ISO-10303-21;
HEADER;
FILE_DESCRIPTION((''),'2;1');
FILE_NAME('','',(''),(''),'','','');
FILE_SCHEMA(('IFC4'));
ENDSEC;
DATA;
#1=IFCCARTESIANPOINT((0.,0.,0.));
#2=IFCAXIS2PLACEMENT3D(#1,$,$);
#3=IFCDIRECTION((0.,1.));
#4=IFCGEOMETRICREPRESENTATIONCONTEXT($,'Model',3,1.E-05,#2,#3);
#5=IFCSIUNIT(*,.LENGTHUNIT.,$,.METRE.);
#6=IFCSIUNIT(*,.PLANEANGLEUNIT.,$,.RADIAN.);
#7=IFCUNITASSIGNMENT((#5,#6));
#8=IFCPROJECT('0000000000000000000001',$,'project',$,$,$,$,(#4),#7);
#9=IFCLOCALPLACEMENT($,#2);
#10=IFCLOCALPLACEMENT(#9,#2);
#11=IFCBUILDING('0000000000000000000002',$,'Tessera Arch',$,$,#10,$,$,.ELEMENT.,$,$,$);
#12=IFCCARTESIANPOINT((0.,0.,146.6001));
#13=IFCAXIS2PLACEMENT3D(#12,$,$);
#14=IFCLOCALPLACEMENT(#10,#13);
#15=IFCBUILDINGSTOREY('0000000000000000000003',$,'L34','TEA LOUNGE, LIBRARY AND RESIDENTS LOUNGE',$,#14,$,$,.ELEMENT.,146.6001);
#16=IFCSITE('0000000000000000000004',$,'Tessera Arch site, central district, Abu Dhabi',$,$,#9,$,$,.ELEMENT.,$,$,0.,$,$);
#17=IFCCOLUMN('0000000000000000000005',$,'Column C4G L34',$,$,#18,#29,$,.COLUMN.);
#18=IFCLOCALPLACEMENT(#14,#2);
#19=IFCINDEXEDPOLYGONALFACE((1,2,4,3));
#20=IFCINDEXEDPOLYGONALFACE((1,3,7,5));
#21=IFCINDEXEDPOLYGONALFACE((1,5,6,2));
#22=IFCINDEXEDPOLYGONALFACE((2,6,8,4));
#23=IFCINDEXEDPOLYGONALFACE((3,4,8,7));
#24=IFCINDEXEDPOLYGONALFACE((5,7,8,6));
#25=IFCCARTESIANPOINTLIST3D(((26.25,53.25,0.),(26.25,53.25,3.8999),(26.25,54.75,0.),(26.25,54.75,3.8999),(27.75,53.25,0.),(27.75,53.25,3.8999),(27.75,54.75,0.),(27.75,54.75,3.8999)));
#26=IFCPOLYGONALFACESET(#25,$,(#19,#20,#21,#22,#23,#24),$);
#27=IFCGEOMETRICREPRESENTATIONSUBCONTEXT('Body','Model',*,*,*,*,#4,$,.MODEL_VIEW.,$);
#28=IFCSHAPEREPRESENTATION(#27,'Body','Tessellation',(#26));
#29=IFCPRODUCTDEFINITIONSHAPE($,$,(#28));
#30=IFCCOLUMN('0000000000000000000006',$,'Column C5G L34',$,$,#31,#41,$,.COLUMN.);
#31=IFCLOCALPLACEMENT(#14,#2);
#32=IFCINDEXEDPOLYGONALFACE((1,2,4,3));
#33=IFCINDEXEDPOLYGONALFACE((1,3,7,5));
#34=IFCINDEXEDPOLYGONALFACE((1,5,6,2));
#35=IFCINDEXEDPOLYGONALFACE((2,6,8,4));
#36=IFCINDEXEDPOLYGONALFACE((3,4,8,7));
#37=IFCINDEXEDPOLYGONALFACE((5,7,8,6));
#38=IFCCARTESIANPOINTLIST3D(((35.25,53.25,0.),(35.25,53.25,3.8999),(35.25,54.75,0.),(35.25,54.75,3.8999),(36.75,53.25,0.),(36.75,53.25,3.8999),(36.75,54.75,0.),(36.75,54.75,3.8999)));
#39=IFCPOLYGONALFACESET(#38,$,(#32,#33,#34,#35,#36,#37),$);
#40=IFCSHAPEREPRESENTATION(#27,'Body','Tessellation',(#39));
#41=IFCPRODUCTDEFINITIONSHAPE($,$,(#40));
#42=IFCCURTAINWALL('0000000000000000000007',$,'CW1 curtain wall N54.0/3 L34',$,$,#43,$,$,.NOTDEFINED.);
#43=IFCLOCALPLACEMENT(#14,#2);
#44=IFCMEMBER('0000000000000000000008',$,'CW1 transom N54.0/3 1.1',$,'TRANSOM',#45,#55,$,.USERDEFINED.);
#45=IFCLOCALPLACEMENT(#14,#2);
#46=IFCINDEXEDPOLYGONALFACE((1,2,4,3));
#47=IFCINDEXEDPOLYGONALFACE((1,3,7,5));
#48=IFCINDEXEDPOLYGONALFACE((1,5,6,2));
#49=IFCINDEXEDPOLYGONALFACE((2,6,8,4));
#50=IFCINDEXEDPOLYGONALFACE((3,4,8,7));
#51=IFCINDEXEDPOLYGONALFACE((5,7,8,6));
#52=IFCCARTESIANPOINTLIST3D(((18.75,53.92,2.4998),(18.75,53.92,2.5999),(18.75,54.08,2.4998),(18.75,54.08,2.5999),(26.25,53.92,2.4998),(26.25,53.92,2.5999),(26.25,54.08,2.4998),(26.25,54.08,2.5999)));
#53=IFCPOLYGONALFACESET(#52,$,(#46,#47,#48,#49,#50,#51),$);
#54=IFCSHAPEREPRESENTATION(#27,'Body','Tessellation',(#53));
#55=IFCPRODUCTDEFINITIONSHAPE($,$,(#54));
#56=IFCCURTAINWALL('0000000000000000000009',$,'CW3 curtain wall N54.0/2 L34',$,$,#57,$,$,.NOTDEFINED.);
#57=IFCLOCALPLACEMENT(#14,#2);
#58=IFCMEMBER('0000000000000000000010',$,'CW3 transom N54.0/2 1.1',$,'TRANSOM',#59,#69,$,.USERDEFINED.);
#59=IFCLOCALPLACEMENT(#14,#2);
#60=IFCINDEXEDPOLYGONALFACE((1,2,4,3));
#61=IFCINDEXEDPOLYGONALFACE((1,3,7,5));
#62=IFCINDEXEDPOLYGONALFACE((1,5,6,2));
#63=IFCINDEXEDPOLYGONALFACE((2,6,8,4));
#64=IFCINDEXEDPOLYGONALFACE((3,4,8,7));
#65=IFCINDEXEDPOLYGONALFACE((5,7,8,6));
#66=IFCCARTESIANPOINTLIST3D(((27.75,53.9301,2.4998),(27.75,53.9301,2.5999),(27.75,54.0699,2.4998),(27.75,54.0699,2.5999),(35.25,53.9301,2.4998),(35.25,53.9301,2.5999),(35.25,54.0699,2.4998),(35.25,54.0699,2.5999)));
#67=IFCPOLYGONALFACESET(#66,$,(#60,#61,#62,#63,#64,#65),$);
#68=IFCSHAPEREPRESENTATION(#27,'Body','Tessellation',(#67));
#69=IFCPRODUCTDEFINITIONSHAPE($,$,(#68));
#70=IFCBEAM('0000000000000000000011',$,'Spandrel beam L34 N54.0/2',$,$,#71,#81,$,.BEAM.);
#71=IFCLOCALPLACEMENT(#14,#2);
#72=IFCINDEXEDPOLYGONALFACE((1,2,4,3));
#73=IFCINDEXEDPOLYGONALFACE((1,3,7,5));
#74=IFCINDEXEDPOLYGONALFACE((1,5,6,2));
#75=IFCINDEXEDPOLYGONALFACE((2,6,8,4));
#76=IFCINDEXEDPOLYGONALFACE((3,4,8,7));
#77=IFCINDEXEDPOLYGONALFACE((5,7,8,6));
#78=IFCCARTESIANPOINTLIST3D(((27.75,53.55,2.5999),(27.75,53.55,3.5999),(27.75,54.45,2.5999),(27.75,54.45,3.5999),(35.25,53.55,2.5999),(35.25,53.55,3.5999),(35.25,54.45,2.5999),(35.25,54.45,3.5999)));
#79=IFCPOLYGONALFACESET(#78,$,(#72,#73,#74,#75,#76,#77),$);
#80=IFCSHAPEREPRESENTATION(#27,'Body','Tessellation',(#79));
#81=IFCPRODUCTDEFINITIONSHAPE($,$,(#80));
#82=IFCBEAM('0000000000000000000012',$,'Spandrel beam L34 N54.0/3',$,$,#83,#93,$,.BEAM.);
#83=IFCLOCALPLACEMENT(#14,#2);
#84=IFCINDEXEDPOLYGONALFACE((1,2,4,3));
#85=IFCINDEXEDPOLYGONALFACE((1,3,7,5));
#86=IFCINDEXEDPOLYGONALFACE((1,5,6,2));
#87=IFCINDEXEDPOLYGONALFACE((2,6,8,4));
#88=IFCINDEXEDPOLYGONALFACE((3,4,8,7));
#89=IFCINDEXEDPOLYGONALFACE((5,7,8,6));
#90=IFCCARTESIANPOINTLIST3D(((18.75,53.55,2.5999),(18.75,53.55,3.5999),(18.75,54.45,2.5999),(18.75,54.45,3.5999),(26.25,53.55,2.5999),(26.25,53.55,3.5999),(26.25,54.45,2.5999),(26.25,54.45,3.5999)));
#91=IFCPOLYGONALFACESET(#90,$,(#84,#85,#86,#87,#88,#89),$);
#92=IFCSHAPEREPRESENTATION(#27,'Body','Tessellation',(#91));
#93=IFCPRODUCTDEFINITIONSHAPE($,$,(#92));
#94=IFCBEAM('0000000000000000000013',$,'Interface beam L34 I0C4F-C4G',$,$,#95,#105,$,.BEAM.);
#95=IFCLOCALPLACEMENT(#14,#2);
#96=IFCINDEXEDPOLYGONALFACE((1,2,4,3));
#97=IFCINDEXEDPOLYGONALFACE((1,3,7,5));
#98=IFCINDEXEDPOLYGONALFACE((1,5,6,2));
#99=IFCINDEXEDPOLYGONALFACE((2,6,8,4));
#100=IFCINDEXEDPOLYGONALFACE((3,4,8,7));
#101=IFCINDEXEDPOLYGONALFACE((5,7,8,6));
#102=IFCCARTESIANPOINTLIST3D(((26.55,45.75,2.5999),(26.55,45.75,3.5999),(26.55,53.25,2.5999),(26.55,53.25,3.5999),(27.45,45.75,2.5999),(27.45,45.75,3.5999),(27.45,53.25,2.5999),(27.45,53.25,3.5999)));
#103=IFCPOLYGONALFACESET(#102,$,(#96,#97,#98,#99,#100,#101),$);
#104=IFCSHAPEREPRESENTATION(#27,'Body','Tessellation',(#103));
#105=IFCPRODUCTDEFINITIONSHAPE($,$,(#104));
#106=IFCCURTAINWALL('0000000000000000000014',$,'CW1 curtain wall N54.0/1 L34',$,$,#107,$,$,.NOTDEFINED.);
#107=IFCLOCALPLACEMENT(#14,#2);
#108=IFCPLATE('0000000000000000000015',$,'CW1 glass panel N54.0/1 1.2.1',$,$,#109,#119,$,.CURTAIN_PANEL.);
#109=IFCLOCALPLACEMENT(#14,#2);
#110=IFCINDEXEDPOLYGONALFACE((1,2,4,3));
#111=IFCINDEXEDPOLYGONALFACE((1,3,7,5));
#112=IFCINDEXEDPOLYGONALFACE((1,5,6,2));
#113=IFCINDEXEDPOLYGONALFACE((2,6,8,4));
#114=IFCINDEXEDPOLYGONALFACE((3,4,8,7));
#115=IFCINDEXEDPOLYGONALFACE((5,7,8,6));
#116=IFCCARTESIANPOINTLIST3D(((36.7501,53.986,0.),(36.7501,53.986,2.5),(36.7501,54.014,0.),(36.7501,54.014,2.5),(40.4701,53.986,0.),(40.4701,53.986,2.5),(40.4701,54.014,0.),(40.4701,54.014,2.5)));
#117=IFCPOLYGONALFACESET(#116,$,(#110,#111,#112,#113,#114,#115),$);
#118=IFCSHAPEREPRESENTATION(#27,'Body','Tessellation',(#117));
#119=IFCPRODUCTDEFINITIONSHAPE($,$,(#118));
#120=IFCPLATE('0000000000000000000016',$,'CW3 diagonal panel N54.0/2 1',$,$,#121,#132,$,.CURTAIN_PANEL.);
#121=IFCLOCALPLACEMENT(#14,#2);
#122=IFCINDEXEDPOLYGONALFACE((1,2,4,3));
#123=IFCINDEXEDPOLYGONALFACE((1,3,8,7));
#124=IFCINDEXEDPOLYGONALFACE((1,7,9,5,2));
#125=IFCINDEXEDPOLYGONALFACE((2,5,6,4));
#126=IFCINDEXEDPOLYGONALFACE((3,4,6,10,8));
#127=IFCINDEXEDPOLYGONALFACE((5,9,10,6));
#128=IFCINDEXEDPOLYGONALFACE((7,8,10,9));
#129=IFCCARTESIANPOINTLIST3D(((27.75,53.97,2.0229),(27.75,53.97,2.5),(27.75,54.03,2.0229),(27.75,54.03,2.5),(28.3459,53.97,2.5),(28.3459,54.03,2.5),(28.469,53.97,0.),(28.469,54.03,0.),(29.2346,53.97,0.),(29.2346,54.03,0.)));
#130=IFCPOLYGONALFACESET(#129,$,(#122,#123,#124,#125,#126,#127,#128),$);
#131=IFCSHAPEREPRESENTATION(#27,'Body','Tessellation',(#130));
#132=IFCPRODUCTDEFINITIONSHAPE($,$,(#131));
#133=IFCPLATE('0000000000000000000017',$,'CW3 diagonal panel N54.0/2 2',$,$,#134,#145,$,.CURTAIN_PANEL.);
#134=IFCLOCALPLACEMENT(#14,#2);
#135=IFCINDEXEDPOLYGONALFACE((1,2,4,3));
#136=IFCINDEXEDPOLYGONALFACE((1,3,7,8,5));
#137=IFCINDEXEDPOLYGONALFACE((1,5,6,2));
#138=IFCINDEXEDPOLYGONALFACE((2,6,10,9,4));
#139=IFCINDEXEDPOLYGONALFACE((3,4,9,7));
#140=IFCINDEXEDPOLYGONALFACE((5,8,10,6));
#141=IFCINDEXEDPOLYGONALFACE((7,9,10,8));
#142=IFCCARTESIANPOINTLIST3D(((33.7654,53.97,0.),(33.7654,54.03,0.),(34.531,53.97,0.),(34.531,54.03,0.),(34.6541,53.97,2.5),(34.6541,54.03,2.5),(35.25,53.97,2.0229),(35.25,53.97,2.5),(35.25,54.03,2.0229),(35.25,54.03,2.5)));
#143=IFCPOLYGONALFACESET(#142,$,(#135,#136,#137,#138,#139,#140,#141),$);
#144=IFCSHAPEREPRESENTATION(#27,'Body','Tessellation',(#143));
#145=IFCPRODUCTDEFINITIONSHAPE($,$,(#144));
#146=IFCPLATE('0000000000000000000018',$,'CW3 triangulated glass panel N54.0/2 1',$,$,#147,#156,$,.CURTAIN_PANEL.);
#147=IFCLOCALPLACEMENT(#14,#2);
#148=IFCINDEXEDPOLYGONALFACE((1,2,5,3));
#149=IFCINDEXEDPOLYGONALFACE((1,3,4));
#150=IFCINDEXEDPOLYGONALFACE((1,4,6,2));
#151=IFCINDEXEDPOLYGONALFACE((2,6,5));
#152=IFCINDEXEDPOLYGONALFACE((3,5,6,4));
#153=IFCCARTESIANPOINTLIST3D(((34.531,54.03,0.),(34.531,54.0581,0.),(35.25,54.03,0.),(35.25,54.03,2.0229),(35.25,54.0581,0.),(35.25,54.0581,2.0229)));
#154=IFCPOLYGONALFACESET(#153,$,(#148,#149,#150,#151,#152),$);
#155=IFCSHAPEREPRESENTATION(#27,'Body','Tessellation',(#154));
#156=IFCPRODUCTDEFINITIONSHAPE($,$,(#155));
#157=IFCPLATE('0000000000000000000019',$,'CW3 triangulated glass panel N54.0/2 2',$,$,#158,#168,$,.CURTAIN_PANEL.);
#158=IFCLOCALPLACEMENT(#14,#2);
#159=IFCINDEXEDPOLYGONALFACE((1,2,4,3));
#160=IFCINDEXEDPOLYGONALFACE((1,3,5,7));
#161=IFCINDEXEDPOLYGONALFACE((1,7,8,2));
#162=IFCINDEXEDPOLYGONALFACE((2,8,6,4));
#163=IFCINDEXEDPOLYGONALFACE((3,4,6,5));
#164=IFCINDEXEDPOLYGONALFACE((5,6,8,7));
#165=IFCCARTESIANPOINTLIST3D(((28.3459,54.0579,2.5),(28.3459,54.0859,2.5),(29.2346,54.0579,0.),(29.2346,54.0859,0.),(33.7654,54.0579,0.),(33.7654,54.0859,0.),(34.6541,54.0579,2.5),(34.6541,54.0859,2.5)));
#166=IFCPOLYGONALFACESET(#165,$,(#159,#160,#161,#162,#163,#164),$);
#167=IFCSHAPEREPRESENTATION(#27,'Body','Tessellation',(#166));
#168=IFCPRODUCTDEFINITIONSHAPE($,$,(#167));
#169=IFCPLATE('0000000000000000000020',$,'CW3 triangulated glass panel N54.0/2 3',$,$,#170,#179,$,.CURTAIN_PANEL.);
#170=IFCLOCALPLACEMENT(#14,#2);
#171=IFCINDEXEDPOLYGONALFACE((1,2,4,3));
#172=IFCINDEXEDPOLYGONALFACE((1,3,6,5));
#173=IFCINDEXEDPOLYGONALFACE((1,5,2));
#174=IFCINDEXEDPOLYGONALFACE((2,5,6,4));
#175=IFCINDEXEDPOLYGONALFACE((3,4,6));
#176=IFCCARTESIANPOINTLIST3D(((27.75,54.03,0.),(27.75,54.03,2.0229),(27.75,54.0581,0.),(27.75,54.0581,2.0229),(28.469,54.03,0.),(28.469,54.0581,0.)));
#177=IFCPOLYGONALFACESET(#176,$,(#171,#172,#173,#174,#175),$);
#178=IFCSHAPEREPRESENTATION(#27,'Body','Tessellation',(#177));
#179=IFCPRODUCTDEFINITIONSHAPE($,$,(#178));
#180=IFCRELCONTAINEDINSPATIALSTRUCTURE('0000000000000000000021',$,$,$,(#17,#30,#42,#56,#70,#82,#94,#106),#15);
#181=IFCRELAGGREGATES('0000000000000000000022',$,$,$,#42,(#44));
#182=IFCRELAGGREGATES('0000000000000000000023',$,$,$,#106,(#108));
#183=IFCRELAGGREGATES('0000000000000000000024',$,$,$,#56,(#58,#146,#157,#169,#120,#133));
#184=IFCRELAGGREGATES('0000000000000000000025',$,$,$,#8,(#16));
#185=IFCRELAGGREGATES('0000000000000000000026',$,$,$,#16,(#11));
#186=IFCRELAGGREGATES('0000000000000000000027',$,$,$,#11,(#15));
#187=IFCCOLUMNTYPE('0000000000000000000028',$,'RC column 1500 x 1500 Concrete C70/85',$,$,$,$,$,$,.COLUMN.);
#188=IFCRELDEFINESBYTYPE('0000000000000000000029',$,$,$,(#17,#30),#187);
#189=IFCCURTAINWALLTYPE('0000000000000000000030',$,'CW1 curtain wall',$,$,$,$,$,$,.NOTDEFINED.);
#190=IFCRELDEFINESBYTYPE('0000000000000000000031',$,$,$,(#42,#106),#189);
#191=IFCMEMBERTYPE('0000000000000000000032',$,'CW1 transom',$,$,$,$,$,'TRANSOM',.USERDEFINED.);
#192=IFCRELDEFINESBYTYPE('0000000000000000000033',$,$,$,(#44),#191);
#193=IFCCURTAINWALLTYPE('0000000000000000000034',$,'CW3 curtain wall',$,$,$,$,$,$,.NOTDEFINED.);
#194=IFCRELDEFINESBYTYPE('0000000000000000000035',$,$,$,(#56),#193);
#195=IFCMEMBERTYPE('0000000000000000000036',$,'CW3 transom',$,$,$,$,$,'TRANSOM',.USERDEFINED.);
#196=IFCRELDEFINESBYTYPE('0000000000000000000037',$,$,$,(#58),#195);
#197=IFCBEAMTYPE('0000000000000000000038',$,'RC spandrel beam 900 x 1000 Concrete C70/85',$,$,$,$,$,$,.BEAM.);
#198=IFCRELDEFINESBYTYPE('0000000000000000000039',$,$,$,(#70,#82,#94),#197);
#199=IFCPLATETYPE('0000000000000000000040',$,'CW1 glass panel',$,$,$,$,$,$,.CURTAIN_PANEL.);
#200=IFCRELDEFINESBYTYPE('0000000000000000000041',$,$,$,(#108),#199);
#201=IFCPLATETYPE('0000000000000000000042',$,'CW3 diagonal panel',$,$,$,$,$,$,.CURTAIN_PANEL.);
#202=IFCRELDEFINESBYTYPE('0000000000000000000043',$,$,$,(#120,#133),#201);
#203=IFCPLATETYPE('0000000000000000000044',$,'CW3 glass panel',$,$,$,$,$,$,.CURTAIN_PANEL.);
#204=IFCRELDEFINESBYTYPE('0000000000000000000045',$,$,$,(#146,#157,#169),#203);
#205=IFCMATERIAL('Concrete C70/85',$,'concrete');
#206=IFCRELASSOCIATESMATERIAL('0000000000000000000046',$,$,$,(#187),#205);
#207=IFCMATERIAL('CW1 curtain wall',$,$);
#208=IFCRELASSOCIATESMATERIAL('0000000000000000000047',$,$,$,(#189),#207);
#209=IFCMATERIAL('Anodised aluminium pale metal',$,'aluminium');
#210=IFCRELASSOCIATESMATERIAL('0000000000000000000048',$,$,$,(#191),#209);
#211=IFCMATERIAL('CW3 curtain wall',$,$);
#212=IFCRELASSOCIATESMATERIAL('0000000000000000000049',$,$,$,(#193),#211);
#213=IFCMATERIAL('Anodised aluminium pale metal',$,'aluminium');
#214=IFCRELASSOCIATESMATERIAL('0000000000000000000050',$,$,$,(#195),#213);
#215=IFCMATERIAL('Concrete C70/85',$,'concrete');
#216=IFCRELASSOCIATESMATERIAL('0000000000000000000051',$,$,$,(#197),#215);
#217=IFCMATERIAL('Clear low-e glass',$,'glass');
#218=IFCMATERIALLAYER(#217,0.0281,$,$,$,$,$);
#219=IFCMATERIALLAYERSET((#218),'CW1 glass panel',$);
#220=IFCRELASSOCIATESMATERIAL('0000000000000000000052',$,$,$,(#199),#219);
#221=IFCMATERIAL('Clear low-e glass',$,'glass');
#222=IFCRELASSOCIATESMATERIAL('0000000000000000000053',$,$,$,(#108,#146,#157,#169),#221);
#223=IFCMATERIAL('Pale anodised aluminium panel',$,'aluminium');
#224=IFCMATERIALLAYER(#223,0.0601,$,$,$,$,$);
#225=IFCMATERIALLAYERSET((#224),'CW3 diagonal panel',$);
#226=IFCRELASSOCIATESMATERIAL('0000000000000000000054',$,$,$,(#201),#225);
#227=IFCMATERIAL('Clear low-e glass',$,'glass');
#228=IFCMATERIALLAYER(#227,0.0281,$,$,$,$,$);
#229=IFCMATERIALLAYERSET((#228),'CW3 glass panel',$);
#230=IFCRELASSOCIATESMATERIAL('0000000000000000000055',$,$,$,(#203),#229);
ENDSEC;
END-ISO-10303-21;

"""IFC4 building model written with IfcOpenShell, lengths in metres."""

from ifc_helpers import new_model, si_unit, direction, frame, origin, origin_2d, place, context, subcontext, project, spatial, polyline, rectangle, outline, extrude, material, layer, layer_set, material_profile, profile_set, type_object, element, aggregate, save


model = new_model("IFC4")

# Units and contexts
model_context = context("Model", 3, precision=1e-05, world=origin(), true_north=direction((0.0, 1.0)))
body_context = subcontext(model_context, "Body", "Model", "MODEL_VIEW")
ifc_project = project(units=[si_unit("LENGTHUNIT", "METRE"), si_unit("PLANEANGLEUNIT", "RADIAN")], contexts=[model_context])

# Site, building, storey
site_placement = place(None, origin())
site = spatial("IfcSite", under=ifc_project, at=site_placement, Name="Tessera Arch site, central district, Abu Dhabi", CompositionType="ELEMENT", RefElevation=0.0)
building_placement = place(site_placement, origin())
building = spatial("IfcBuilding", under=site, at=building_placement, Name="Tessera Arch", CompositionType="ELEMENT")
storey_placement = place(building_placement, frame((0.0, 0.0, 146.6001)))
storey = spatial("IfcBuildingStorey", under=building, at=storey_placement, Name="L34", Description="TEA LOUNGE, LIBRARY AND RESIDENTS LOUNGE", CompositionType="ELEMENT", Elevation=146.6001)

# Columns
ifc_material_1 = material(Name="Concrete C70/85", Category="concrete")
ifc_material_profile_1 = material_profile(ifc_material_1, rectangle(XDim=1.5, YDim=1.5, at=origin_2d()), Name="RC column 1500 x 1500 Concrete C70/85")
ifc_profile_set_1 = profile_set([ifc_material_profile_1], Name="Concrete C70/85")
column_type = type_object("IfcColumnType", Name="RC column 1500 x 1500 Concrete C70/85", PredefinedType="COLUMN", material=ifc_profile_set_1)
for number, where, z_axis, x_axis, name in (
    (1, (27.0, 54.0, 0.0), (0.0, 0.0, 1.0), (1.0, 0.0, 0.0), "Column C4G L34"),
    (2, (36.0, 54.0, 0.0), (0.0, 0.0, 1.0), (1.0, 0.0, 0.0), "Column C5G L34"),
):
    element("IfcColumn", number, at=place(storey_placement, frame(where, z_axis=z_axis, x_axis=x_axis)), inside=storey, type_object=column_type, Name=name, PredefinedType="COLUMN", context=body_context, shape_type="SweptSolid", body=[
        extrude(rectangle(XDim=1.5, YDim=1.5, at=origin_2d()), origin(), (0.0, 0.0, 1.0), 3.8999),
    ])

# Curtain walls, members
ifc_material_2 = material(Name="CW1 curtain wall")
curtain_wall_type_1 = type_object("IfcCurtainWallType", Name="CW1 curtain wall", PredefinedType="NOTDEFINED", material=ifc_material_2)
curtain_wall_1_placement = place(storey_placement, origin())
curtain_wall_1 = element("IfcCurtainWall", 3, at=curtain_wall_1_placement, inside=storey, type_object=curtain_wall_type_1, Name="CW1 curtain wall N54.0/3 L34", PredefinedType="NOTDEFINED")
ifc_material_3 = material(Name="Anodised aluminium pale metal", Category="aluminium")
ifc_material_profile_2 = material_profile(ifc_material_3, rectangle(XDim=0.1599, YDim=0.1001, at=origin_2d()), Name="AL 160x100")
ifc_profile_set_2 = profile_set([ifc_material_profile_2], Name="Anodised aluminium pale metal")
member_type_1 = type_object("IfcMemberType", Name="CW1 transom", ElementType="TRANSOM", PredefinedType="USERDEFINED", material=ifc_profile_set_2)
member_1_placement = place(storey_placement, frame((26.25, 54.0, 2.5498), z_axis=(-1.0, 0.0, 0.0), x_axis=(0.0, -1.0, 0.0)))
member_1 = element("IfcMember", 4, at=member_1_placement, type_object=member_type_1, Name="CW1 transom N54.0/3 1.1", ObjectType="TRANSOM", PredefinedType="USERDEFINED", context=body_context, shape_type="SweptSolid", body=[
    extrude(rectangle(XDim=0.1599, YDim=0.1001, at=origin_2d()), origin(), (0.0, 0.0, 1.0), 7.5),
])
aggregate(curtain_wall_1, [member_1])
ifc_material_4 = material(Name="CW3 curtain wall")
curtain_wall_type_2 = type_object("IfcCurtainWallType", Name="CW3 curtain wall", PredefinedType="NOTDEFINED", material=ifc_material_4)
curtain_wall_2_placement = place(storey_placement, origin())
curtain_wall_2 = element("IfcCurtainWall", 5, at=curtain_wall_2_placement, inside=storey, type_object=curtain_wall_type_2, Name="CW3 curtain wall N54.0/2 L34", PredefinedType="NOTDEFINED")
ifc_material_5 = material(Name="Anodised aluminium pale metal", Category="aluminium")
ifc_material_profile_3 = material_profile(ifc_material_5, rectangle(XDim=0.1399, YDim=0.1001, at=origin_2d()), Name="AL 140x100")
ifc_profile_set_3 = profile_set([ifc_material_profile_3], Name="Anodised aluminium pale metal")
member_type_2 = type_object("IfcMemberType", Name="CW3 transom", ElementType="TRANSOM", PredefinedType="USERDEFINED", material=ifc_profile_set_3)
member_2_placement = place(storey_placement, frame((35.25, 54.0, 2.5498), z_axis=(-1.0, 0.0, 0.0), x_axis=(0.0, -1.0, 0.0)))
member_2 = element("IfcMember", 6, at=member_2_placement, type_object=member_type_2, Name="CW3 transom N54.0/2 1.1", ObjectType="TRANSOM", PredefinedType="USERDEFINED", context=body_context, shape_type="SweptSolid", body=[
    extrude(rectangle(XDim=0.1399, YDim=0.1001, at=origin_2d()), origin(), (0.0, 0.0, 1.0), 7.5),
])

# Beams
ifc_material_6 = material(Name="Concrete C70/85", Category="concrete")
ifc_material_profile_4 = material_profile(ifc_material_6, rectangle(XDim=0.8999, YDim=1.0, at=origin_2d()), Name="RC spandrel beam 900 x 1000 Concrete C70/85")
ifc_profile_set_4 = profile_set([ifc_material_profile_4], Name="Concrete C70/85")
beam_type = type_object("IfcBeamType", Name="RC spandrel beam 900 x 1000 Concrete C70/85", PredefinedType="BEAM", material=ifc_profile_set_4)
for number, where, z_axis, x_axis, name in (
    (7, (35.25, 54.0, 3.0999), (-1.0, 0.0, 0.0), (0.0, -1.0, 0.0), "Spandrel beam L34 N54.0/2"),
    (8, (26.25, 54.0, 3.0999), (-1.0, 0.0, 0.0), (0.0, -1.0, 0.0), "Spandrel beam L34 N54.0/3"),
    (9, (27.0, 45.75, 3.0999), (0.0, 1.0, 0.0), (-1.0, 0.0, 0.0), "Interface beam L34 I0C4F-C4G"),
):
    element("IfcBeam", number, at=place(storey_placement, frame(where, z_axis=z_axis, x_axis=x_axis)), inside=storey, type_object=beam_type, Name=name, PredefinedType="BEAM", context=body_context, shape_type="SweptSolid", body=[
        extrude(rectangle(XDim=0.8999, YDim=1.0, at=origin_2d()), origin(), (0.0, 0.0, 1.0), 7.5),
    ])

# Curtain wall, plate
curtain_wall_3_placement = place(storey_placement, origin())
curtain_wall_3 = element("IfcCurtainWall", 10, at=curtain_wall_3_placement, inside=storey, type_object=curtain_wall_type_1, Name="CW1 curtain wall N54.0/1 L34", PredefinedType="NOTDEFINED")
ifc_material_7 = material(Name="Clear low-e glass", Category="glass")
ifc_material_8 = material(Name="Clear low-e glass", Category="glass")
ifc_layer_1 = layer(ifc_material_8, 0.0281)
ifc_layer_set_1 = layer_set([ifc_layer_1], Name="CW1 glass panel")
plate_type_1 = type_object("IfcPlateType", Name="CW1 glass panel", PredefinedType="CURTAIN_PANEL", material=ifc_layer_set_1)
plate_1_placement = place(storey_placement, frame((38.6101, 54.0, 0.0), z_axis=(0.0, 0.0, 1.0), x_axis=(-1.0, 0.0, 0.0)))
plate_1 = element("IfcPlate", 11, at=plate_1_placement, type_object=plate_type_1, material=ifc_material_7, Name="CW1 glass panel N54.0/1 1.2.1", PredefinedType="CURTAIN_PANEL", context=body_context, shape_type="SweptSolid", body=[
    extrude(rectangle(XDim=3.72, YDim=0.0281, at=origin_2d()), origin(), (0.0, 0.0, 1.0), 2.5),
])
aggregate(curtain_wall_3, [plate_1])

# Plates
ifc_material_9 = material(Name="Pale anodised aluminium panel", Category="aluminium")
ifc_layer_2 = layer(ifc_material_9, 0.0601)
ifc_layer_set_2 = layer_set([ifc_layer_2], Name="CW3 diagonal panel")
plate_type_2 = type_object("IfcPlateType", Name="CW3 diagonal panel", PredefinedType="CURTAIN_PANEL", material=ifc_layer_set_2)
plate_2_placement = place(storey_placement, frame((27.75, 54.03, 2.5), z_axis=(0.0, 1.0, 0.0), x_axis=(1.0, 0.0, 0.0)))
plate_2 = element("IfcPlate", 12, at=plate_2_placement, type_object=plate_type_2, Name="CW3 diagonal panel N54.0/2 1", PredefinedType="CURTAIN_PANEL", context=body_context, shape_type="SweptSolid", body=[
    extrude(outline(polyline([(0.0, 0.0), (0.5959, 0.0), (1.4846, 2.5), (0.719, 2.5), (0.0, 0.4771), (0.0, 0.0)])), origin(), (0.0, 0.0, -1.0), 0.0601),
])
plate_3_placement = place(storey_placement, frame((35.25, 54.03, 2.5), z_axis=(0.0, 1.0, 0.0), x_axis=(0.0, 0.0, -1.0)))
plate_3 = element("IfcPlate", 13, at=plate_3_placement, type_object=plate_type_2, Name="CW3 diagonal panel N54.0/2 2", PredefinedType="CURTAIN_PANEL", context=body_context, shape_type="SweptSolid", body=[
    extrude(outline(polyline([(0.0, 0.0), (0.4771, 0.0), (2.5, 0.719), (2.5, 1.4846), (0.0, 0.5959), (0.0, 0.0)])), origin(), (0.0, 0.0, -1.0), 0.0601),
])
ifc_material_10 = material(Name="Clear low-e glass", Category="glass")
ifc_layer_3 = layer(ifc_material_10, 0.0281)
ifc_layer_set_3 = layer_set([ifc_layer_3], Name="CW3 glass panel")
plate_type_3 = type_object("IfcPlateType", Name="CW3 glass panel", PredefinedType="CURTAIN_PANEL", material=ifc_layer_set_3)
plate_4_placement = place(storey_placement, frame((35.25, 54.0581, 0.0), z_axis=(0.0, 1.0, 0.0), x_axis=(-1.0, 0.0, 0.0)))
plate_4 = element("IfcPlate", 14, at=plate_4_placement, type_object=plate_type_3, material=ifc_material_7, Name="CW3 triangulated glass panel N54.0/2 1", PredefinedType="CURTAIN_PANEL", context=body_context, shape_type="SweptSolid", body=[
    extrude(outline(polyline([(0.0, 0.0), (0.719, 0.0), (0.0, 2.0229), (0.0, 0.0)])), origin(), (0.0, 0.0, -1.0), 0.0281),
])
plate_5_placement = place(storey_placement, frame((28.3459, 54.0859, 2.5), z_axis=(0.0, 1.0, 0.0), x_axis=(1.0, 0.0, 0.0)))
plate_5 = element("IfcPlate", 15, at=plate_5_placement, type_object=plate_type_3, material=ifc_material_7, Name="CW3 triangulated glass panel N54.0/2 2", PredefinedType="CURTAIN_PANEL", context=body_context, shape_type="SweptSolid", body=[
    extrude(outline(polyline([(0.0, 0.0), (6.3081, 0.0), (5.4194, 2.5), (0.8887, 2.5), (0.0, 0.0)])), origin(), (0.0, 0.0, -1.0), 0.0281),
])
plate_6_placement = place(storey_placement, frame((27.75, 54.0581, 0.0), z_axis=(0.0, 1.0, 0.0), x_axis=(0.0, 0.0, 1.0)))
plate_6 = element("IfcPlate", 16, at=plate_6_placement, type_object=plate_type_3, material=ifc_material_7, Name="CW3 triangulated glass panel N54.0/2 3", PredefinedType="CURTAIN_PANEL", context=body_context, shape_type="SweptSolid", body=[
    extrude(outline(polyline([(0.0, 0.0), (2.0229, 0.0), (0.0, 0.719), (0.0, 0.0)])), origin(), (0.0, 0.0, -1.0), 0.0281),
])
aggregate(curtain_wall_2, [member_2, plate_4, plate_5, plate_6, plate_2, plate_3])

save(model, "model.ifc")
